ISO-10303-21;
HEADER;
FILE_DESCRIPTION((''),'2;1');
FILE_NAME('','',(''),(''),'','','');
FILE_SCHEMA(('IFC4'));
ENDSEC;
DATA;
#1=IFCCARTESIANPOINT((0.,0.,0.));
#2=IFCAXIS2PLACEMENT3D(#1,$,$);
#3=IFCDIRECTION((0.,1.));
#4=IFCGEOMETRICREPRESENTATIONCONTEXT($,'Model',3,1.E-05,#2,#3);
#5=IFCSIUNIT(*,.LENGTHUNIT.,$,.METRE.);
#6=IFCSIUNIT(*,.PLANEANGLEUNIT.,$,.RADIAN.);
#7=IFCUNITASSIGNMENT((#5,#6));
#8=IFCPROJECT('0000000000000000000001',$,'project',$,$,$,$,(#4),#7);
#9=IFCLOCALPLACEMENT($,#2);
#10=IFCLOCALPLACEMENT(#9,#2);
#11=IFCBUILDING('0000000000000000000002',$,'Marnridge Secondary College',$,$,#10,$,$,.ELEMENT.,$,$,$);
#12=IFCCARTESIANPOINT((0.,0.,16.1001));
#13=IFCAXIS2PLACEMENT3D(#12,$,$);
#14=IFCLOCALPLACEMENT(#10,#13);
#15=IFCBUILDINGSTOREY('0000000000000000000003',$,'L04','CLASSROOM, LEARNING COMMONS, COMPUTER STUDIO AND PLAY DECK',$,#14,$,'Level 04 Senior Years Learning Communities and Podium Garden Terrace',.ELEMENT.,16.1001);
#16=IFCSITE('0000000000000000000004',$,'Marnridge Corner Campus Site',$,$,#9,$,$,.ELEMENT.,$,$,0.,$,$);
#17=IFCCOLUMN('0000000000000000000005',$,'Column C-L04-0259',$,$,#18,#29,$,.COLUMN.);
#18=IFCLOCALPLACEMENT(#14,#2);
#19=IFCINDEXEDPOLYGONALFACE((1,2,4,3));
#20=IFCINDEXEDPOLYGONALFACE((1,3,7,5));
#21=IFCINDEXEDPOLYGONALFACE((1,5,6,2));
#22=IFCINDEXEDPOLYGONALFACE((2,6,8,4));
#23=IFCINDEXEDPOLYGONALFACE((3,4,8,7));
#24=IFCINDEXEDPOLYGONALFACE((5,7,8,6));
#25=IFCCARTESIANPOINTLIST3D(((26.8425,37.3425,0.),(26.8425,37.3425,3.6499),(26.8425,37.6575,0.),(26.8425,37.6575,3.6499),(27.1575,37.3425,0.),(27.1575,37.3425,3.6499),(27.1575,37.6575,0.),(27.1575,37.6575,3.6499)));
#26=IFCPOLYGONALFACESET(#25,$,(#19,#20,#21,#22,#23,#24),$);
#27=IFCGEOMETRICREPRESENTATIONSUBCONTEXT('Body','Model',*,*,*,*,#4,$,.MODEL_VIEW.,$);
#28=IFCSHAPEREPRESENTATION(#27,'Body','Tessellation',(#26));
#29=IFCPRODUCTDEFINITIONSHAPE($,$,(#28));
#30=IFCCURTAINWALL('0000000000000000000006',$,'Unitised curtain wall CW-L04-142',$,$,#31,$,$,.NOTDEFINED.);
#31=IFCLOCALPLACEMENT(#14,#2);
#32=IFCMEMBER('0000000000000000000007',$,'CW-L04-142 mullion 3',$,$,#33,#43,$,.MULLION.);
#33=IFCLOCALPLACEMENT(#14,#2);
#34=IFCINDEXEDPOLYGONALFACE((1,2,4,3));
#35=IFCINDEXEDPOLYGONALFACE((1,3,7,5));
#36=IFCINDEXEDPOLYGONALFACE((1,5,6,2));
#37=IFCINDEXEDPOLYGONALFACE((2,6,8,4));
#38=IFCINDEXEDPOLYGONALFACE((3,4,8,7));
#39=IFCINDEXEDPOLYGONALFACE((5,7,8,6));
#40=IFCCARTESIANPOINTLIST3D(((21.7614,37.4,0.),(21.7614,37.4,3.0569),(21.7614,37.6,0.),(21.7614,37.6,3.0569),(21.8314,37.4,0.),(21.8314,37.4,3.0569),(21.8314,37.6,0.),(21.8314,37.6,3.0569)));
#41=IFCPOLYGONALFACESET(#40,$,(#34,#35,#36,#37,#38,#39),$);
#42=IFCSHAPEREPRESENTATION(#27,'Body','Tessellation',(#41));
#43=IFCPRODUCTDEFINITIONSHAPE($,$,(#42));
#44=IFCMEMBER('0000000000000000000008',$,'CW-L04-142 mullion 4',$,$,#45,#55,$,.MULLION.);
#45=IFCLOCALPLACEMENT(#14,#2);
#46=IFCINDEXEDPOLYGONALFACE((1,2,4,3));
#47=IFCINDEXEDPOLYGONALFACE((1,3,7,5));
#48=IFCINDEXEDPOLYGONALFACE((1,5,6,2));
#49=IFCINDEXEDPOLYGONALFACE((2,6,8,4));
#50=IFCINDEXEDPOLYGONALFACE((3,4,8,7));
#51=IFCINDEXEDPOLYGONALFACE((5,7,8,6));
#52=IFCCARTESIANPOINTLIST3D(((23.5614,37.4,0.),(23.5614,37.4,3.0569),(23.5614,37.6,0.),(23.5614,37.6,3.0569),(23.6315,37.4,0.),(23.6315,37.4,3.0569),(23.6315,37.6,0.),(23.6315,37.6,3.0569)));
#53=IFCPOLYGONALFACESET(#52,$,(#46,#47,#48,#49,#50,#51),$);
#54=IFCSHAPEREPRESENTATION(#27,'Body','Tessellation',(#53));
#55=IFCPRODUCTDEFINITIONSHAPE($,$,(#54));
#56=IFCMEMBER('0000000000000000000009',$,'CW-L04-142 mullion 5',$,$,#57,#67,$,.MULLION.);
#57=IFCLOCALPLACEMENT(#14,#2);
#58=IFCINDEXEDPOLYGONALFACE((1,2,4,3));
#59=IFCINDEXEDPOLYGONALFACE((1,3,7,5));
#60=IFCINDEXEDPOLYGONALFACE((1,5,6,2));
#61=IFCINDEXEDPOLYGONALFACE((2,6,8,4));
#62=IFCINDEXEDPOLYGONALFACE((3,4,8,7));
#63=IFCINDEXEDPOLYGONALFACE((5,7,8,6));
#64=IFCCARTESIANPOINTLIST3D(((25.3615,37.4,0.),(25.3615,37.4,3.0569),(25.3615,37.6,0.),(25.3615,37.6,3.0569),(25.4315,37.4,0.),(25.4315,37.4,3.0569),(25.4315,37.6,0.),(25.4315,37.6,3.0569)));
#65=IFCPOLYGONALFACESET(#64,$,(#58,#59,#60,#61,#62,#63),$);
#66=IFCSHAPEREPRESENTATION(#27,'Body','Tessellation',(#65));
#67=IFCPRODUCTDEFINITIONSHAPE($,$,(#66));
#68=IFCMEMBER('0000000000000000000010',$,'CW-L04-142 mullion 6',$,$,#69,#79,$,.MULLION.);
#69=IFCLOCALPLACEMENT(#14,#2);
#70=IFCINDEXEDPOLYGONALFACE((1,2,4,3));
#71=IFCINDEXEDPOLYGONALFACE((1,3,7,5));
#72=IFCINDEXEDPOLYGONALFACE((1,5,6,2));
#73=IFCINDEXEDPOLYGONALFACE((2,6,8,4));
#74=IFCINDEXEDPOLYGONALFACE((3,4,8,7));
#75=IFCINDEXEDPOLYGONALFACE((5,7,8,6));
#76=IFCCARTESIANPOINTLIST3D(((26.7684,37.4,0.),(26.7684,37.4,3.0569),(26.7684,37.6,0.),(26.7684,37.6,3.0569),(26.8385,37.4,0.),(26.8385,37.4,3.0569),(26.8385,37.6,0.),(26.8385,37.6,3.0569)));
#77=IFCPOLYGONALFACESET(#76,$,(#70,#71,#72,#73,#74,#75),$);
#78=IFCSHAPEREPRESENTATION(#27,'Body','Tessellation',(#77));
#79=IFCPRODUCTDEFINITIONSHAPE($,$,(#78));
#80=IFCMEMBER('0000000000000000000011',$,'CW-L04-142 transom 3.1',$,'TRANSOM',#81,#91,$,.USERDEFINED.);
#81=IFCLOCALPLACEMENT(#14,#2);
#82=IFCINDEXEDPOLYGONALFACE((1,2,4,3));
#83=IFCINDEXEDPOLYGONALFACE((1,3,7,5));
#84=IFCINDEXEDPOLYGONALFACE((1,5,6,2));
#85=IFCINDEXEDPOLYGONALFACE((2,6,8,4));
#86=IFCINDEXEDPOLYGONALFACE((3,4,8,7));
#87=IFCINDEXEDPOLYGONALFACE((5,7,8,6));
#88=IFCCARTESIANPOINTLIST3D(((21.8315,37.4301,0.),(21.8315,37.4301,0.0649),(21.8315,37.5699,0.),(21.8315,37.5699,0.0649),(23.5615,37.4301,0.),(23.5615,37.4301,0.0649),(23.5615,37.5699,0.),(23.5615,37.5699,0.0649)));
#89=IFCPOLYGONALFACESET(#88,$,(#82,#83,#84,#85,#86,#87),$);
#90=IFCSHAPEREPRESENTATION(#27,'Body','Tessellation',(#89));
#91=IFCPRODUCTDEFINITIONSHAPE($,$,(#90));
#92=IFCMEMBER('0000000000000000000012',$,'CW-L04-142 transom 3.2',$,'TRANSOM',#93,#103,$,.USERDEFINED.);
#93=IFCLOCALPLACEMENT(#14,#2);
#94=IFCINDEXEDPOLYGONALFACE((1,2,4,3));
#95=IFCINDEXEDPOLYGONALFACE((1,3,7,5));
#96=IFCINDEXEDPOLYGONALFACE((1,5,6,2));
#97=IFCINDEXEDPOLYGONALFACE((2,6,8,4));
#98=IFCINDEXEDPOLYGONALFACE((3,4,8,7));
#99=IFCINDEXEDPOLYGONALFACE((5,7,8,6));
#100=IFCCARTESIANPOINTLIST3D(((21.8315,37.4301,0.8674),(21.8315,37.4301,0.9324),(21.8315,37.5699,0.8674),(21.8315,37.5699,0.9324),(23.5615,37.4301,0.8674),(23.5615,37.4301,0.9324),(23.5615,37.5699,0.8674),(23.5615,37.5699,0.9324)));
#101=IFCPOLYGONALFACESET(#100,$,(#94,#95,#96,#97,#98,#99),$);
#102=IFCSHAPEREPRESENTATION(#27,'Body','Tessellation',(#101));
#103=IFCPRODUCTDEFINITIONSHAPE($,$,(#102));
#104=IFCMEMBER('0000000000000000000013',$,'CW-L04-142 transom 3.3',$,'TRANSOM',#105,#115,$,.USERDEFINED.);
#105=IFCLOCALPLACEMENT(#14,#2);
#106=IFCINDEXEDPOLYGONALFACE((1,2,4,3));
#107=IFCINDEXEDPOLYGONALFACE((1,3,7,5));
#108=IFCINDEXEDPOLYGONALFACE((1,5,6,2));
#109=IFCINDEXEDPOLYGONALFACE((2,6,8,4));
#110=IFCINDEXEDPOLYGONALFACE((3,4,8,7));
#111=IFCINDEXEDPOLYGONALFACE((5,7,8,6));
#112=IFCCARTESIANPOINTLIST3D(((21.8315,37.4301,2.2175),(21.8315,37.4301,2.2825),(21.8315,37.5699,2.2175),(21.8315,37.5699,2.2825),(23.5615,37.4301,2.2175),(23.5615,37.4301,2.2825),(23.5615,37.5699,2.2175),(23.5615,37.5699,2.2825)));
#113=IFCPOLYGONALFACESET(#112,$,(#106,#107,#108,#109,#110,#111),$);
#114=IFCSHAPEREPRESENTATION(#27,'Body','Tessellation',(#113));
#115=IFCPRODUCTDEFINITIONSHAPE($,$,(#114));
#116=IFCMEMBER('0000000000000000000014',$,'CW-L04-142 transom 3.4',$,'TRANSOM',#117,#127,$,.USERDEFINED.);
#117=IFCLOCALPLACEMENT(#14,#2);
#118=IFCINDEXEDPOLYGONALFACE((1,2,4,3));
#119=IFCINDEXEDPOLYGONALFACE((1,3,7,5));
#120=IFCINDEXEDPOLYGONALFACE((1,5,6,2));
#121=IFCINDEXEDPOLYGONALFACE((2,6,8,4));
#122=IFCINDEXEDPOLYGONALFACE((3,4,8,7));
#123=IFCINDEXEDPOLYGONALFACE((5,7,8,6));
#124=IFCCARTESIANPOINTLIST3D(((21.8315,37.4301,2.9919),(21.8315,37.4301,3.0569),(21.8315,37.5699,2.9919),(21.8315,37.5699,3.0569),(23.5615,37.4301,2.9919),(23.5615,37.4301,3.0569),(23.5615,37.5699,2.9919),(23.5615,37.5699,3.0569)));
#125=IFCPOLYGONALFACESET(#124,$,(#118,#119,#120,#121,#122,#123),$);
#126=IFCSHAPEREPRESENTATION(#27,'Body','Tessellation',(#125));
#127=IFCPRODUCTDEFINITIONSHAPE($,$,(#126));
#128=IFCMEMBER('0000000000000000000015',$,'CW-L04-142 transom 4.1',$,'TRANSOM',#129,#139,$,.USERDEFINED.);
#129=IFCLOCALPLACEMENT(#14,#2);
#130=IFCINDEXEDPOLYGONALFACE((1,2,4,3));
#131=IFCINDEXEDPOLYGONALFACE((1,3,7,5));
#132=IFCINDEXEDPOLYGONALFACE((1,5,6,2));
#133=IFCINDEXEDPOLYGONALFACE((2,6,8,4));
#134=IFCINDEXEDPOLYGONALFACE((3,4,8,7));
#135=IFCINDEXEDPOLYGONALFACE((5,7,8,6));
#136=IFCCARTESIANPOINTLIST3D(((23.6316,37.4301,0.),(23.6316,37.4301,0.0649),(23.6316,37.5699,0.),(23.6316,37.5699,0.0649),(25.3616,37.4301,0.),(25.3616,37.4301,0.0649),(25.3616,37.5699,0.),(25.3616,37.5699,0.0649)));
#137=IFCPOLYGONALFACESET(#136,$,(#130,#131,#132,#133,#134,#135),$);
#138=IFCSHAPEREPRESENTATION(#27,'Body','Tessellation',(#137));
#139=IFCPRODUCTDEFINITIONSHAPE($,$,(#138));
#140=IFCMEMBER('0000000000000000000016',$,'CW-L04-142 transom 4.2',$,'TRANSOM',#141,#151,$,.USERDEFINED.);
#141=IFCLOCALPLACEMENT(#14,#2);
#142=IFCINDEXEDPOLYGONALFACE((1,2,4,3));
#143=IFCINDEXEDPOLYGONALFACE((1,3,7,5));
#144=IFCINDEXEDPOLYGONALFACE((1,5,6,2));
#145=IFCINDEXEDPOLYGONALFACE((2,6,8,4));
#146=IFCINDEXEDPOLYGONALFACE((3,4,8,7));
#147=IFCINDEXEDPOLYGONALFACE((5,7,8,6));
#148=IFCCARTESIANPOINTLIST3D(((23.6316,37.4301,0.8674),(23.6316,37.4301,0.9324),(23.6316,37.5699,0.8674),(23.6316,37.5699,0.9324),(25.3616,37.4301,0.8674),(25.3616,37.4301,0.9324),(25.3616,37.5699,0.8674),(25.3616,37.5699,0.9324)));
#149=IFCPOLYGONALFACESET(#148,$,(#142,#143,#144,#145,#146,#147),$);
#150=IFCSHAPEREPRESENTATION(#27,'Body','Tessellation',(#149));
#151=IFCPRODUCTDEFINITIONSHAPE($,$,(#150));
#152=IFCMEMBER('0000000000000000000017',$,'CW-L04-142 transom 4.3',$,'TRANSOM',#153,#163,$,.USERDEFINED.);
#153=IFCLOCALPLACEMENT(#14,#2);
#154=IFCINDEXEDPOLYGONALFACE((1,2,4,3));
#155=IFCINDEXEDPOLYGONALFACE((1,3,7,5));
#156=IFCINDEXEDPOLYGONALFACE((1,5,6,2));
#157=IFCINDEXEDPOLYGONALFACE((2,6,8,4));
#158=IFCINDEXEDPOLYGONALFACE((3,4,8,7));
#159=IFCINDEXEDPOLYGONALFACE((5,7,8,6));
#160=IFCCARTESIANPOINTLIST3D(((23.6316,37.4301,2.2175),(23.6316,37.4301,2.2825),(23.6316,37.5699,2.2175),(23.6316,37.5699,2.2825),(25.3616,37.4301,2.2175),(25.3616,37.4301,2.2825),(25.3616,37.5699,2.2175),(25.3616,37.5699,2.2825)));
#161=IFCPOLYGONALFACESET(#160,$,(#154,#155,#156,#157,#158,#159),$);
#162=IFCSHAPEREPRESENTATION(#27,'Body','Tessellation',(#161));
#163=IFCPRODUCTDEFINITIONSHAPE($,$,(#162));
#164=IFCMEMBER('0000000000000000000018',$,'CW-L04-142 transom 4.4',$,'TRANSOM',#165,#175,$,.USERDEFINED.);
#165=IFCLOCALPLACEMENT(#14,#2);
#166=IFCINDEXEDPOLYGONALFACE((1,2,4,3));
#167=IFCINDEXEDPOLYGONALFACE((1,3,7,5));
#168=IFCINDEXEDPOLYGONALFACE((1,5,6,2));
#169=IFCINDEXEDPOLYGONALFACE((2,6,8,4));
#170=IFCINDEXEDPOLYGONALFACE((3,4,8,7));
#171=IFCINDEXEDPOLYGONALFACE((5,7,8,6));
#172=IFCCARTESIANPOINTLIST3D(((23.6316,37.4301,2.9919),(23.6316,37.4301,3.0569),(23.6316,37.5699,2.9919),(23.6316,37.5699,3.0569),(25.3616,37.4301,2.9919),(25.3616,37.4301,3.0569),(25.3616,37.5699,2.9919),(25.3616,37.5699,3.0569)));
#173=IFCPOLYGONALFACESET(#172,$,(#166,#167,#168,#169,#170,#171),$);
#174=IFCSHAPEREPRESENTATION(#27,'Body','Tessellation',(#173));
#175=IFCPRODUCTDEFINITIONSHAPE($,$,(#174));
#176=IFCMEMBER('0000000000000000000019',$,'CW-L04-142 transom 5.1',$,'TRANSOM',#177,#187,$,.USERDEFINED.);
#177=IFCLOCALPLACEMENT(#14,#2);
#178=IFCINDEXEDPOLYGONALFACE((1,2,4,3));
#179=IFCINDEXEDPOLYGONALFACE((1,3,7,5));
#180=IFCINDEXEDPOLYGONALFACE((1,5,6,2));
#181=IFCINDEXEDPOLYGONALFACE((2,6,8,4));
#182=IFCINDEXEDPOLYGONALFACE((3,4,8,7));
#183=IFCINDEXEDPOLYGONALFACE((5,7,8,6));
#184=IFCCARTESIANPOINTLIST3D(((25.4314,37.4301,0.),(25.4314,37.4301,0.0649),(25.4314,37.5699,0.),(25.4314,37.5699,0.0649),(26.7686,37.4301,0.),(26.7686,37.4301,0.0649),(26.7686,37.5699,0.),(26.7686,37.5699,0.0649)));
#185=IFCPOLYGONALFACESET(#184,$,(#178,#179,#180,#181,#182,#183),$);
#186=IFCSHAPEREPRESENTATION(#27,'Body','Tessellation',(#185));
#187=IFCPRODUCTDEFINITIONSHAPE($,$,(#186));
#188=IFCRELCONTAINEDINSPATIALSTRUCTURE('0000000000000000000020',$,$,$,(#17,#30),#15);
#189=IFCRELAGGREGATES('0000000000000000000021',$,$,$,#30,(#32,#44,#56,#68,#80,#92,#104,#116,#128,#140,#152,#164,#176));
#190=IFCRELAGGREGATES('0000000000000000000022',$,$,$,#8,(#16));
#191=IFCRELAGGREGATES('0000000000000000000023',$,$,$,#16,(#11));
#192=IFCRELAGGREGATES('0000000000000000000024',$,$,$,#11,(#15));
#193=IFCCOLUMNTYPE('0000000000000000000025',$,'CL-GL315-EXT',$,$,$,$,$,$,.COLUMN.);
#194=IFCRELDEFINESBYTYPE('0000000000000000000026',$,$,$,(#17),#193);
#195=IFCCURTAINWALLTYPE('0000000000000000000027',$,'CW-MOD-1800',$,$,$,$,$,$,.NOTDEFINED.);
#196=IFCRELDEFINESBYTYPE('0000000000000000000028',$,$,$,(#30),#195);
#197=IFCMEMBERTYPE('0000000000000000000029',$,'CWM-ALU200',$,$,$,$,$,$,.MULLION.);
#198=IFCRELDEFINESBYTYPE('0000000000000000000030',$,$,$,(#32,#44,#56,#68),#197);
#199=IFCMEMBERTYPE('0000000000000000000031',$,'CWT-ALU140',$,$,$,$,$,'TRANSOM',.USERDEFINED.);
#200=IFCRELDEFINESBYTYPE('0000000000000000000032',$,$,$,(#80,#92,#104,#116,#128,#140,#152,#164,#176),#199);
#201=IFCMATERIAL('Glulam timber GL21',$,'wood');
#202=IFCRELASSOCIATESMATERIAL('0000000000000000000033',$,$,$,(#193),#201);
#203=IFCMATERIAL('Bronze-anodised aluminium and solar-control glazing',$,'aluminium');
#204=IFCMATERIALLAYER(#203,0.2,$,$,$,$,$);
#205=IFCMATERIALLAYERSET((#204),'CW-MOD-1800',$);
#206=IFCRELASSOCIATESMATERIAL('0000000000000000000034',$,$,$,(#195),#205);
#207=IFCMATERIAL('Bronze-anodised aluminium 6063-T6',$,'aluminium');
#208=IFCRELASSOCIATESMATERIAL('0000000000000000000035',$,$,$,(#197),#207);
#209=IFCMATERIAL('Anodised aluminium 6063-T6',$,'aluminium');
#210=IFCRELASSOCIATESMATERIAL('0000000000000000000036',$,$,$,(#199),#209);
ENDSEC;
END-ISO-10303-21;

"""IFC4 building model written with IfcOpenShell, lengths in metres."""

from ifc_helpers import new_model, si_unit, direction, frame, origin, origin_2d, place, context, subcontext, project, spatial, rectangle, extrude, material, layer, layer_set, material_profile, profile_set, type_object, element, aggregate, save


model = new_model("IFC4")

# Units and contexts
model_context = context("Model", 3, precision=1e-05, world=origin(), true_north=direction((0.0, 1.0)))
body_context = subcontext(model_context, "Body", "Model", "MODEL_VIEW")
ifc_project = project(units=[si_unit("LENGTHUNIT", "METRE"), si_unit("PLANEANGLEUNIT", "RADIAN")], contexts=[model_context])

# Site, building, storey
site_placement = place(None, origin())
site = spatial("IfcSite", under=ifc_project, at=site_placement, Name="Marnridge Corner Campus Site", CompositionType="ELEMENT", RefElevation=0.0)
building_placement = place(site_placement, origin())
building = spatial("IfcBuilding", under=site, at=building_placement, Name="Marnridge Secondary College", CompositionType="ELEMENT")
storey_placement = place(building_placement, frame((0.0, 0.0, 16.1001)))
storey = spatial("IfcBuildingStorey", under=building, at=storey_placement, Name="L04", Description="CLASSROOM, LEARNING COMMONS, COMPUTER STUDIO AND PLAY DECK", LongName="Level 04 Senior Years Learning Communities and Podium Garden Terrace", CompositionType="ELEMENT", Elevation=16.1001)

# Column
ifc_material_1 = material(Name="Glulam timber GL21", Category="wood")
ifc_material_profile_1 = material_profile(ifc_material_1, rectangle(XDim=0.3149, YDim=0.3149, at=origin_2d()), Name="GL21 315x315")
ifc_profile_set_1 = profile_set([ifc_material_profile_1], Name="Glulam timber GL21")
column_type = type_object("IfcColumnType", Name="CL-GL315-EXT", PredefinedType="COLUMN", material=ifc_profile_set_1)
column_placement = place(storey_placement, frame((27.0, 37.5, 0.0), z_axis=(0.0, 0.0, 1.0), x_axis=(1.0, 0.0, 0.0)))
element("IfcColumn", 1, at=column_placement, inside=storey, type_object=column_type, Name="Column C-L04-0259", PredefinedType="COLUMN", context=body_context, shape_type="SweptSolid", body=[
    extrude(rectangle(XDim=0.3149, YDim=0.3149, at=origin_2d()), origin(), (0.0, 0.0, 1.0), 3.6499),
])

# Curtain wall, members
ifc_material_2 = material(Name="Bronze-anodised aluminium and solar-control glazing", Category="aluminium")
ifc_layer_1 = layer(ifc_material_2, 0.2)
ifc_layer_set_1 = layer_set([ifc_layer_1], Name="CW-MOD-1800")
curtain_wall_type = type_object("IfcCurtainWallType", Name="CW-MOD-1800", PredefinedType="NOTDEFINED", material=ifc_layer_set_1)
curtain_wall_placement = place(storey_placement, origin())
curtain_wall = element("IfcCurtainWall", 2, at=curtain_wall_placement, inside=storey, type_object=curtain_wall_type, Name="Unitised curtain wall CW-L04-142", PredefinedType="NOTDEFINED")
ifc_material_3 = material(Name="Bronze-anodised aluminium 6063-T6", Category="aluminium")
ifc_material_profile_2 = material_profile(ifc_material_3, rectangle(XDim=0.0701, YDim=0.2, at=origin_2d()), Name="ALU 70x200")
ifc_profile_set_2 = profile_set([ifc_material_profile_2], Name="Bronze-anodised aluminium 6063-T6")
member_type_1 = type_object("IfcMemberType", Name="CWM-ALU200", PredefinedType="MULLION", material=ifc_profile_set_2)
member_1_placement = place(storey_placement, frame((21.7964, 37.5, 0.0), z_axis=(0.0, 0.0, 1.0), x_axis=(1.0, 0.0, 0.0)))
member_1 = element("IfcMember", 3, at=member_1_placement, type_object=member_type_1, Name="CW-L04-142 mullion 3", PredefinedType="MULLION", context=body_context, shape_type="SweptSolid", body=[
    extrude(rectangle(XDim=0.0701, YDim=0.2, at=origin_2d()), origin(), (0.0, 0.0, 1.0), 3.0569),
])
member_2_placement = place(storey_placement, frame((23.5964, 37.5, 0.0), z_axis=(0.0, 0.0, 1.0), x_axis=(1.0, 0.0, 0.0)))
member_2 = element("IfcMember", 4, at=member_2_placement, type_object=member_type_1, Name="CW-L04-142 mullion 4", PredefinedType="MULLION", context=body_context, shape_type="SweptSolid", body=[
    extrude(rectangle(XDim=0.0701, YDim=0.2, at=origin_2d()), origin(), (0.0, 0.0, 1.0), 3.0569),
])
member_3_placement = place(storey_placement, frame((25.3965, 37.5, 0.0), z_axis=(0.0, 0.0, 1.0), x_axis=(1.0, 0.0, 0.0)))
member_3 = element("IfcMember", 5, at=member_3_placement, type_object=member_type_1, Name="CW-L04-142 mullion 5", PredefinedType="MULLION", context=body_context, shape_type="SweptSolid", body=[
    extrude(rectangle(XDim=0.0701, YDim=0.2, at=origin_2d()), origin(), (0.0, 0.0, 1.0), 3.0569),
])
member_4_placement = place(storey_placement, frame((26.8035, 37.5, 0.0), z_axis=(0.0, 0.0, 1.0), x_axis=(1.0, 0.0, 0.0)))
member_4 = element("IfcMember", 6, at=member_4_placement, type_object=member_type_1, Name="CW-L04-142 mullion 6", PredefinedType="MULLION", context=body_context, shape_type="SweptSolid", body=[
    extrude(rectangle(XDim=0.0701, YDim=0.2, at=origin_2d()), origin(), (0.0, 0.0, 1.0), 3.0569),
])
ifc_material_4 = material(Name="Anodised aluminium 6063-T6", Category="aluminium")
ifc_material_profile_3 = material_profile(ifc_material_4, rectangle(XDim=0.0649, YDim=0.1399, at=origin_2d()), Name="ALU 65x140")
ifc_profile_set_3 = profile_set([ifc_material_profile_3], Name="Anodised aluminium 6063-T6")
member_type_2 = type_object("IfcMemberType", Name="CWT-ALU140", ElementType="TRANSOM", PredefinedType="USERDEFINED", material=ifc_profile_set_3)
member_5_placement = place(storey_placement, frame((21.8315, 37.5, 0.0325), z_axis=(1.0, 0.0, 0.0), x_axis=(0.0, 0.0, 1.0)))
member_5 = element("IfcMember", 7, at=member_5_placement, type_object=member_type_2, Name="CW-L04-142 transom 3.1", ObjectType="TRANSOM", PredefinedType="USERDEFINED", context=body_context, shape_type="SweptSolid", body=[
    extrude(rectangle(XDim=0.0649, YDim=0.1399, at=origin_2d()), origin(), (0.0, 0.0, 1.0), 1.73),
])
member_6_placement = place(storey_placement, frame((21.8315, 37.5, 0.8999), z_axis=(1.0, 0.0, 0.0), x_axis=(0.0, 0.0, 1.0)))
member_6 = element("IfcMember", 8, at=member_6_placement, type_object=member_type_2, Name="CW-L04-142 transom 3.2", ObjectType="TRANSOM", PredefinedType="USERDEFINED", context=body_context, shape_type="SweptSolid", body=[
    extrude(rectangle(XDim=0.0649, YDim=0.1399, at=origin_2d()), origin(), (0.0, 0.0, 1.0), 1.73),
])
member_7_placement = place(storey_placement, frame((21.8315, 37.5, 2.25), z_axis=(1.0, 0.0, 0.0), x_axis=(0.0, 0.0, 1.0)))
member_7 = element("IfcMember", 9, at=member_7_placement, type_object=member_type_2, Name="CW-L04-142 transom 3.3", ObjectType="TRANSOM", PredefinedType="USERDEFINED", context=body_context, shape_type="SweptSolid", body=[
    extrude(rectangle(XDim=0.0649, YDim=0.1399, at=origin_2d()), origin(), (0.0, 0.0, 1.0), 1.73),
])
member_8_placement = place(storey_placement, frame((21.8315, 37.5, 3.0244), z_axis=(1.0, 0.0, 0.0), x_axis=(0.0, 0.0, 1.0)))
member_8 = element("IfcMember", 10, at=member_8_placement, type_object=member_type_2, Name="CW-L04-142 transom 3.4", ObjectType="TRANSOM", PredefinedType="USERDEFINED", context=body_context, shape_type="SweptSolid", body=[
    extrude(rectangle(XDim=0.0649, YDim=0.1399, at=origin_2d()), origin(), (0.0, 0.0, 1.0), 1.73),
])
member_9_placement = place(storey_placement, frame((23.6316, 37.5, 0.0325), z_axis=(1.0, 0.0, 0.0), x_axis=(0.0, 0.0, 1.0)))
member_9 = element("IfcMember", 11, at=member_9_placement, type_object=member_type_2, Name="CW-L04-142 transom 4.1", ObjectType="TRANSOM", PredefinedType="USERDEFINED", context=body_context, shape_type="SweptSolid", body=[
    extrude(rectangle(XDim=0.0649, YDim=0.1399, at=origin_2d()), origin(), (0.0, 0.0, 1.0), 1.73),
])
member_10_placement = place(storey_placement, frame((23.6316, 37.5, 0.8999), z_axis=(1.0, 0.0, 0.0), x_axis=(0.0, 0.0, 1.0)))
member_10 = element("IfcMember", 12, at=member_10_placement, type_object=member_type_2, Name="CW-L04-142 transom 4.2", ObjectType="TRANSOM", PredefinedType="USERDEFINED", context=body_context, shape_type="SweptSolid", body=[
    extrude(rectangle(XDim=0.0649, YDim=0.1399, at=origin_2d()), origin(), (0.0, 0.0, 1.0), 1.73),
])
member_11_placement = place(storey_placement, frame((23.6316, 37.5, 2.25), z_axis=(1.0, 0.0, 0.0), x_axis=(0.0, 0.0, 1.0)))
member_11 = element("IfcMember", 13, at=member_11_placement, type_object=member_type_2, Name="CW-L04-142 transom 4.3", ObjectType="TRANSOM", PredefinedType="USERDEFINED", context=body_context, shape_type="SweptSolid", body=[
    extrude(rectangle(XDim=0.0649, YDim=0.1399, at=origin_2d()), origin(), (0.0, 0.0, 1.0), 1.73),
])
member_12_placement = place(storey_placement, frame((23.6316, 37.5, 3.0244), z_axis=(1.0, 0.0, 0.0), x_axis=(0.0, 0.0, 1.0)))
member_12 = element("IfcMember", 14, at=member_12_placement, type_object=member_type_2, Name="CW-L04-142 transom 4.4", ObjectType="TRANSOM", PredefinedType="USERDEFINED", context=body_context, shape_type="SweptSolid", body=[
    extrude(rectangle(XDim=0.0649, YDim=0.1399, at=origin_2d()), origin(), (0.0, 0.0, 1.0), 1.73),
])
member_13_placement = place(storey_placement, frame((25.4314, 37.5, 0.0325), z_axis=(1.0, 0.0, 0.0), x_axis=(0.0, 0.0, 1.0)))
member_13 = element("IfcMember", 15, at=member_13_placement, type_object=member_type_2, Name="CW-L04-142 transom 5.1", ObjectType="TRANSOM", PredefinedType="USERDEFINED", context=body_context, shape_type="SweptSolid", body=[
    extrude(rectangle(XDim=0.0649, YDim=0.1399, at=origin_2d()), origin(), (0.0, 0.0, 1.0), 1.3372),
])
aggregate(curtain_wall, [member_1, member_2, member_3, member_4, member_5, member_6, member_7, member_8, member_9, member_10, member_11, member_12, member_13])

save(model, "model.ifc")
